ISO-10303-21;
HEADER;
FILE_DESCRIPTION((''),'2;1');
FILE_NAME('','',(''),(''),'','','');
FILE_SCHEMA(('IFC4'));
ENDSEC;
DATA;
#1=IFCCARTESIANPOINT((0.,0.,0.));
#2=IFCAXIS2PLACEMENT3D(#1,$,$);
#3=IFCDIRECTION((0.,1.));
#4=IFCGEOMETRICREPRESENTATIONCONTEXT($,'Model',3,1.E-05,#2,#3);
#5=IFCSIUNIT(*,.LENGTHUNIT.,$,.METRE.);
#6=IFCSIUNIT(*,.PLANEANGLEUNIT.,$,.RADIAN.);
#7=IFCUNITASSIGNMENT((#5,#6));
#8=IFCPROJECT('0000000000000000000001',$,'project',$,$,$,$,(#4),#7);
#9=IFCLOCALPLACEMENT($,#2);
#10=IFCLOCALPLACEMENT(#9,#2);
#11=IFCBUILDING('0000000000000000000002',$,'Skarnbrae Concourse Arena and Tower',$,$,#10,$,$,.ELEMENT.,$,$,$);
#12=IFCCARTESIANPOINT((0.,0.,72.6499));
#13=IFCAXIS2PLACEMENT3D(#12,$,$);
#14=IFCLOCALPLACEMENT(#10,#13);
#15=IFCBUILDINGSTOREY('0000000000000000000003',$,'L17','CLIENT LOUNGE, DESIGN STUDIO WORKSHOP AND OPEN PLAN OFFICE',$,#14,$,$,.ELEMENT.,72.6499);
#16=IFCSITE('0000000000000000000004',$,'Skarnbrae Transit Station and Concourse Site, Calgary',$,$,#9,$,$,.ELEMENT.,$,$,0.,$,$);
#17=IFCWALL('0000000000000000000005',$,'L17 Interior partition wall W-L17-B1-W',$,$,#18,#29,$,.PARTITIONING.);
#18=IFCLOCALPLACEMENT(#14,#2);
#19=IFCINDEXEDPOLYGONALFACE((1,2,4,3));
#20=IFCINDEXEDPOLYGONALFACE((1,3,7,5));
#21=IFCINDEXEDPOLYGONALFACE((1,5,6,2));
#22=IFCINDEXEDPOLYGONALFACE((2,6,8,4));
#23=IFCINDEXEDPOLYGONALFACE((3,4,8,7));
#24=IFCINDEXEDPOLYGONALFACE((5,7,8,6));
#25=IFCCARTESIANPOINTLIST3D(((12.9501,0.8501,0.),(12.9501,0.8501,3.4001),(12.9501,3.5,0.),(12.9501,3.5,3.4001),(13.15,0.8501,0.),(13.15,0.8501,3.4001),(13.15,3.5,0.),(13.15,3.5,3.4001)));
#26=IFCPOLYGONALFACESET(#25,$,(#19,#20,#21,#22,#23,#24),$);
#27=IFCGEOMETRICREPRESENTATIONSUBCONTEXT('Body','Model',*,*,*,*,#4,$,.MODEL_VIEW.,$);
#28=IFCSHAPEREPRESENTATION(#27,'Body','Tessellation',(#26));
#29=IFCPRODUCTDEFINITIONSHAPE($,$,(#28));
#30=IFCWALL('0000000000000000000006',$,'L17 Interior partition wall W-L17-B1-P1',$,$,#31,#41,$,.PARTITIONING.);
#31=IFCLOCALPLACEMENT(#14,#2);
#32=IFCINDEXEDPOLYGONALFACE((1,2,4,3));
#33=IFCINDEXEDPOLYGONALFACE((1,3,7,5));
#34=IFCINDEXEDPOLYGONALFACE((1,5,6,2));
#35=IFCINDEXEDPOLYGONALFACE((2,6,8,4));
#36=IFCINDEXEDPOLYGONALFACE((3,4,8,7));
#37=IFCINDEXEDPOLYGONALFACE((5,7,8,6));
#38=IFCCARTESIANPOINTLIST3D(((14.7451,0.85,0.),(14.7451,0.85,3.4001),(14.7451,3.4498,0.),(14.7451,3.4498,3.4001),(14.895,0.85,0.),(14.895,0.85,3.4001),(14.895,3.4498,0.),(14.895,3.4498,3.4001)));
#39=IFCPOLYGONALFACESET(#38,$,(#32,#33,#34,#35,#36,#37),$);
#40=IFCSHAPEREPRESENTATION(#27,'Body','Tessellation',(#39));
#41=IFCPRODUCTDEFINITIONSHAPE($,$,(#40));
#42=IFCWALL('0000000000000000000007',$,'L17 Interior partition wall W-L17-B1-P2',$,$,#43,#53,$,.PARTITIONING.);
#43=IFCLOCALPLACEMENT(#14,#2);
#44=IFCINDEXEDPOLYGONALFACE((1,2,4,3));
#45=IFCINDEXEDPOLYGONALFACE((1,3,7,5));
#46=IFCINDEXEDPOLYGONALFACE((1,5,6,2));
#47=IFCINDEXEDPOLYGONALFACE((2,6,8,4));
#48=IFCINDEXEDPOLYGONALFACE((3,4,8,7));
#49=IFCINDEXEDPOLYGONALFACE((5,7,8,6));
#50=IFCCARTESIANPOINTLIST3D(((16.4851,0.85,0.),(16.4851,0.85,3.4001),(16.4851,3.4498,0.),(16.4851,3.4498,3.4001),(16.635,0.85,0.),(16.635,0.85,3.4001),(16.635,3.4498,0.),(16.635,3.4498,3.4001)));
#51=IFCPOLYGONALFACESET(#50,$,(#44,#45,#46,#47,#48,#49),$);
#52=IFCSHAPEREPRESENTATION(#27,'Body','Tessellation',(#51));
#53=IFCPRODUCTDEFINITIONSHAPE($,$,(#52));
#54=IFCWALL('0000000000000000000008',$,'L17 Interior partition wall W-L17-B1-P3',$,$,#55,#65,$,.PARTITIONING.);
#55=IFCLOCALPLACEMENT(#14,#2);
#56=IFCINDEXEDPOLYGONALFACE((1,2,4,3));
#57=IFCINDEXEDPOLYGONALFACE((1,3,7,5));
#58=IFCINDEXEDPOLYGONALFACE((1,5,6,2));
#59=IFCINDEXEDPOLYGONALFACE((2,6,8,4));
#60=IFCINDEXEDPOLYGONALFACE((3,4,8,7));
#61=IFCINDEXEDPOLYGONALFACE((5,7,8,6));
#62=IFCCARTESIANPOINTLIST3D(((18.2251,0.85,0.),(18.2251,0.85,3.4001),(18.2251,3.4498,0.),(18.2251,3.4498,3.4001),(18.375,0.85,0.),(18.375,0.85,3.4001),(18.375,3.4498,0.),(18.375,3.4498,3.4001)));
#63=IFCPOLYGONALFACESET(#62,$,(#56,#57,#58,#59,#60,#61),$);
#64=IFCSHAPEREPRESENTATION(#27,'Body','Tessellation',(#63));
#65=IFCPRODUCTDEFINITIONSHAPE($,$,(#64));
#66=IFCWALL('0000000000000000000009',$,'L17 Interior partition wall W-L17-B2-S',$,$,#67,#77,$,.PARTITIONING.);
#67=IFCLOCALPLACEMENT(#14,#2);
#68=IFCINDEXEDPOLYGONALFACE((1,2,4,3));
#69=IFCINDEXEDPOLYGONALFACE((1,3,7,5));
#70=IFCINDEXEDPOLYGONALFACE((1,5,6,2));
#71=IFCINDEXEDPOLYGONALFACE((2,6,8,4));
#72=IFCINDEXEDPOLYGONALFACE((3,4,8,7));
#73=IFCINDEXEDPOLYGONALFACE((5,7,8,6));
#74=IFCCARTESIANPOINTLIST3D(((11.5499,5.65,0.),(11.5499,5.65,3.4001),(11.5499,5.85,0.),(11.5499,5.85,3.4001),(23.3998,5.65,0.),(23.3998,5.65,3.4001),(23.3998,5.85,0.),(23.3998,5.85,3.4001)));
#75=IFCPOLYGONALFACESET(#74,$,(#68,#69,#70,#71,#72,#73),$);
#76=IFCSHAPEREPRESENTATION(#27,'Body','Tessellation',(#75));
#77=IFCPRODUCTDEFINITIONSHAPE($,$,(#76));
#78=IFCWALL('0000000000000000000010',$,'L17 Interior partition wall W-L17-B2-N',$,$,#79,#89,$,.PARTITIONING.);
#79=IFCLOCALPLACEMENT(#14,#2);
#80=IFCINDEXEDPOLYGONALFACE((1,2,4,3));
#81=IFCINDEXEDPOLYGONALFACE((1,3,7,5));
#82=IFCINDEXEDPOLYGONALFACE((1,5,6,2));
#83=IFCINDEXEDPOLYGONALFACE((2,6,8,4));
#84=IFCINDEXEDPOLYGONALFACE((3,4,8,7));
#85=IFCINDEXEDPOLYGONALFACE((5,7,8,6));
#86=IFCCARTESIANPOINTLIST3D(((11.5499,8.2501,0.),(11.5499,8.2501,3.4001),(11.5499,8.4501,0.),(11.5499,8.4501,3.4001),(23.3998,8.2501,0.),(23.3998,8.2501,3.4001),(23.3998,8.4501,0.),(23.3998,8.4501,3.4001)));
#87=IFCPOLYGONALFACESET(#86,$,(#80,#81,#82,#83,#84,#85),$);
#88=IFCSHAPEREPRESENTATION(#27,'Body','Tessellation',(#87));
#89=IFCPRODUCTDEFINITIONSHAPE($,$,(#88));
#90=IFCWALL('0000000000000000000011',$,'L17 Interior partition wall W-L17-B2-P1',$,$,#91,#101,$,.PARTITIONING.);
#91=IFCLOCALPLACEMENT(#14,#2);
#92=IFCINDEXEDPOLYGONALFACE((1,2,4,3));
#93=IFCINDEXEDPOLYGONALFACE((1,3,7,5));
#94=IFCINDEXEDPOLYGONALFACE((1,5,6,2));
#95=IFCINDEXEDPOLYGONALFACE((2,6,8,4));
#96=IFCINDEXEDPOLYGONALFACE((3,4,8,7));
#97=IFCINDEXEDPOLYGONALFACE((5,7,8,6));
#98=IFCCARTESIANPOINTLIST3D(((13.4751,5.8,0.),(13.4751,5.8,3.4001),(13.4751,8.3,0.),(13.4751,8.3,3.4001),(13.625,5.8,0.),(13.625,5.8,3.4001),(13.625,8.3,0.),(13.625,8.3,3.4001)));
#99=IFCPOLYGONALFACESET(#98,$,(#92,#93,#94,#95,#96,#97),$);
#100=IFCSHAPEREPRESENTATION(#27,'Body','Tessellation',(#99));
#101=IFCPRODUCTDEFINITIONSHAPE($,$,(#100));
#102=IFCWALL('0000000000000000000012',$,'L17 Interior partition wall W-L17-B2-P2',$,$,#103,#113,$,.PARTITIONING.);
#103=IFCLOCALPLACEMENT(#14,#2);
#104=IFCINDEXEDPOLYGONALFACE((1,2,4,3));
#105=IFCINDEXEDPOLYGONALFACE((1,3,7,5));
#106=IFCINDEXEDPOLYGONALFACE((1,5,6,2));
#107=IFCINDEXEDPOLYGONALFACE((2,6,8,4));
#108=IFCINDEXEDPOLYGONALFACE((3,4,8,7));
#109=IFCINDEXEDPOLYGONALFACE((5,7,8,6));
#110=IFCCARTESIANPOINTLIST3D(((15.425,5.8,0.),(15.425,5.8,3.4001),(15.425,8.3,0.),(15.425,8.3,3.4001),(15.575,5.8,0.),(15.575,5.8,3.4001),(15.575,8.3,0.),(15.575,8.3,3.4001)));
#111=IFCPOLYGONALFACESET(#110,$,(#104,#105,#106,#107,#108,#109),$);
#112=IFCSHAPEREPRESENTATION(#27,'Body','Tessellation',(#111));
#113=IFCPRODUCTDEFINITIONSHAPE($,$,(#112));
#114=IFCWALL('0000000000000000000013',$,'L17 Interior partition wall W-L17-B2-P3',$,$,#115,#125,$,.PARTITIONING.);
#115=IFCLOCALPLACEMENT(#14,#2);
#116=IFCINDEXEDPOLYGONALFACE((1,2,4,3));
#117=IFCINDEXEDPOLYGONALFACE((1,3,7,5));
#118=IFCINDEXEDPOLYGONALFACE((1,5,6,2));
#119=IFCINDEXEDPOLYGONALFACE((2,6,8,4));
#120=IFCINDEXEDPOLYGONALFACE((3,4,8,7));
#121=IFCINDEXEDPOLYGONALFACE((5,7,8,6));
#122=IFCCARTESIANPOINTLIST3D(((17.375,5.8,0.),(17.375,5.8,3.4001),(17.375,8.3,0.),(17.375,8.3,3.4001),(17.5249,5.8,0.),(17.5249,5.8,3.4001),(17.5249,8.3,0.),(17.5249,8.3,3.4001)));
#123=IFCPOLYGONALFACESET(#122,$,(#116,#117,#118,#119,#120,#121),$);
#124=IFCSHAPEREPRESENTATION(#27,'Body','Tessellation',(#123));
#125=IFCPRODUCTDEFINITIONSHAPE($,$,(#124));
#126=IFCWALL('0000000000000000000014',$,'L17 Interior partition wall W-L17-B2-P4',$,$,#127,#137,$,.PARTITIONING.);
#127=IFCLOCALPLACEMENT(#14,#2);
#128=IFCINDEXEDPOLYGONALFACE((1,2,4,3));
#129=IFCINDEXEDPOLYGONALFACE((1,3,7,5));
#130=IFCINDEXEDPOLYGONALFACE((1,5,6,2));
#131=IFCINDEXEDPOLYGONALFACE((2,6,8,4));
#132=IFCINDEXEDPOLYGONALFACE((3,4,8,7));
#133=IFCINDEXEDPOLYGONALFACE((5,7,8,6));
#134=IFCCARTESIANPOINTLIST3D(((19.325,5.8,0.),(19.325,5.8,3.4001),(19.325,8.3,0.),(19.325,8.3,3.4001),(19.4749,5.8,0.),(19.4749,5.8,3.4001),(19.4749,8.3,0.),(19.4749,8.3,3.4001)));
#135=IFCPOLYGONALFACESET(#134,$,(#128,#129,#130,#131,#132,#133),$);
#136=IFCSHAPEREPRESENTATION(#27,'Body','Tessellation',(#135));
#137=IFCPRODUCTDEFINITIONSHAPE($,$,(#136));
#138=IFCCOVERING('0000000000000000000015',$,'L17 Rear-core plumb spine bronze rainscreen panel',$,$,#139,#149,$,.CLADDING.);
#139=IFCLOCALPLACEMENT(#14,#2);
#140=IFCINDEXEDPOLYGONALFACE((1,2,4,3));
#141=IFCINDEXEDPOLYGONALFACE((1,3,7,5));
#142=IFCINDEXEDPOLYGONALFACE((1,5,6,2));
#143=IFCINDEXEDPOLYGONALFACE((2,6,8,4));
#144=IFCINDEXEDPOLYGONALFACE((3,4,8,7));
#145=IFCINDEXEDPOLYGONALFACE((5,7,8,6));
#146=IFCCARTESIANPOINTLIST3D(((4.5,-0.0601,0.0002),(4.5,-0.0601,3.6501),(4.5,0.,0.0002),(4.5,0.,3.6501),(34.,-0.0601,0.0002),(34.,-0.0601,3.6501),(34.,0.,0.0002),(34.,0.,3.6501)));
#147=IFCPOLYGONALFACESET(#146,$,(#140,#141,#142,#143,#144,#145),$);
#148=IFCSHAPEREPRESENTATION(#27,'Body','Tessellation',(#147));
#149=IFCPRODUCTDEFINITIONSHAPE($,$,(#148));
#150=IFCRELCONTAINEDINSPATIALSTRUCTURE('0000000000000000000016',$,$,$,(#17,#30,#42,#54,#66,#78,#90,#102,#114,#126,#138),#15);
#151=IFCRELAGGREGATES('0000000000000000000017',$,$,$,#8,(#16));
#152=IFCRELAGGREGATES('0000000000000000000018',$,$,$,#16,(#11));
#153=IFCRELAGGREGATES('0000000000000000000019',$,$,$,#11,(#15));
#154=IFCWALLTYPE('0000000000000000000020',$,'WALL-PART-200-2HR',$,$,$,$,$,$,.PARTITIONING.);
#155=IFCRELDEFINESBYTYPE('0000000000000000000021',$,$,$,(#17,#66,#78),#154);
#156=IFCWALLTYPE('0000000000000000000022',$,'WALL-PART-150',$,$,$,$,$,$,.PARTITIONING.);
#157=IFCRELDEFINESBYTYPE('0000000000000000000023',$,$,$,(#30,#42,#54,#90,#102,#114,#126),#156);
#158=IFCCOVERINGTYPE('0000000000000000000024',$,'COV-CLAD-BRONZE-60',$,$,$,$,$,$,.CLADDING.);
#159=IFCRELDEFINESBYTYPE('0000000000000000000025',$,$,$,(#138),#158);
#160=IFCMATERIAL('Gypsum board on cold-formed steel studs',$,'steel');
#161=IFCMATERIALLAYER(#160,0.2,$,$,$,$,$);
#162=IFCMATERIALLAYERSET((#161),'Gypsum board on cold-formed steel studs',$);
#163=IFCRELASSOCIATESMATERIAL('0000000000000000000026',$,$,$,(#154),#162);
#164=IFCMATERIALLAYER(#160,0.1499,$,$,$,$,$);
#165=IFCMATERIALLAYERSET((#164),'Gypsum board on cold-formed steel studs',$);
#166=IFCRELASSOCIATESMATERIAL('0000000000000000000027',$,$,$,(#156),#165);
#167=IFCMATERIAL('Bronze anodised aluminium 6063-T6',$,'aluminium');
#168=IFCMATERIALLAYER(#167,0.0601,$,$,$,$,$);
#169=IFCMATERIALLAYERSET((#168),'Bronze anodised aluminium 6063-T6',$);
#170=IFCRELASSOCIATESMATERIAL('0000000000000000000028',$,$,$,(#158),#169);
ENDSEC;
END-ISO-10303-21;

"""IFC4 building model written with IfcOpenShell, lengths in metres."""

from ifc_helpers import new_model, si_unit, direction, frame, frame_2d, origin, origin_2d, place, context, subcontext, project, spatial, rectangle, extrude, source, transform, mapped, material, layer, layer_set, type_object, element, save


model = new_model("IFC4")

# Units and contexts
model_context = context("Model", 3, precision=1e-05, world=origin(), true_north=direction((0.0, 1.0)))
body_context = subcontext(model_context, "Body", "Model", "MODEL_VIEW")
ifc_project = project(units=[si_unit("LENGTHUNIT", "METRE"), si_unit("PLANEANGLEUNIT", "RADIAN")], contexts=[model_context])

# Site, building, storey
site_placement = place(None, origin())
site = spatial("IfcSite", under=ifc_project, at=site_placement, Name="Skarnbrae Transit Station and Concourse Site, Calgary", CompositionType="ELEMENT", RefElevation=0.0)
building_placement = place(site_placement, origin())
building = spatial("IfcBuilding", under=site, at=building_placement, Name="Skarnbrae Concourse Arena and Tower", CompositionType="ELEMENT")
storey_placement = place(building_placement, frame((0.0, 0.0, 72.6499)))
storey = spatial("IfcBuildingStorey", under=building, at=storey_placement, Name="L17", Description="CLIENT LOUNGE, DESIGN STUDIO WORKSHOP AND OPEN PLAN OFFICE", CompositionType="ELEMENT", Elevation=72.6499)

# Shared definitions
ifc_material_1 = material(Name="Gypsum board on cold-formed steel studs", Category="steel")
ifc_layer_1 = layer(ifc_material_1, 0.2)
ifc_layer_set_1 = layer_set([ifc_layer_1], Name="Gypsum board on cold-formed steel studs")
wall_type_1 = type_object("IfcWallType", Name="WALL-PART-200-2HR", PredefinedType="PARTITIONING", material=ifc_layer_set_1)

# Wall
shared_shape_1 = source(origin(), body_context, "Body", "SweptSolid", [
    extrude(rectangle(XDim=2.6499, YDim=0.2, at=frame_2d((1.325, 0.0))), origin(), (0.0, 0.0, 1.0), 3.4001),
])
wall_1_placement = place(storey_placement, frame((13.05, 0.8501, 0.0), z_axis=(0.0, 0.0, 1.0), x_axis=(0.0, 1.0, 0.0)))
element("IfcWall", 1, at=wall_1_placement, inside=storey, type_object=wall_type_1, Name="L17 Interior partition wall W-L17-B1-W", PredefinedType="PARTITIONING", context=body_context, shape_type="MappedRepresentation", body=[
    mapped(shared_shape_1, transform((0.0, 0.0, 0.0))),
])

# Shared definitions
ifc_material_2 = material(Name="Bronze anodised aluminium 6063-T6", Category="aluminium")

# Walls
ifc_layer_2 = layer(ifc_material_1, 0.1499)
ifc_layer_set_2 = layer_set([ifc_layer_2], Name="Gypsum board on cold-formed steel studs")
wall_type_2 = type_object("IfcWallType", Name="WALL-PART-150", PredefinedType="PARTITIONING", material=ifc_layer_set_2)
shared_shape_2 = source(origin(), body_context, "Body", "SweptSolid", [
    extrude(rectangle(XDim=2.5999, YDim=0.1499, at=frame_2d((1.2998, 0.0))), origin(), (0.0, 0.0, 1.0), 3.4001),
])
for number, where, z_axis, x_axis, name in (
    (2, (14.8201, 0.8501, 0.0), (0.0, 0.0, 1.0), (0.0, 1.0, 0.0), "L17 Interior partition wall W-L17-B1-P1"),
    (3, (16.5601, 0.8501, 0.0), (0.0, 0.0, 1.0), (0.0, 1.0, 0.0), "L17 Interior partition wall W-L17-B1-P2"),
    (4, (18.3, 0.8501, 0.0), (0.0, 0.0, 1.0), (0.0, 1.0, 0.0), "L17 Interior partition wall W-L17-B1-P3"),
):
    element("IfcWall", number, at=place(storey_placement, frame(where, z_axis=z_axis, x_axis=x_axis)), inside=storey, type_object=wall_type_2, Name=name, PredefinedType="PARTITIONING", context=body_context, shape_type="MappedRepresentation", body=[
        mapped(shared_shape_2, transform((0.0, 0.0, 0.0))),
    ])
shared_shape_3 = source(origin(), body_context, "Body", "SweptSolid", [
    extrude(rectangle(XDim=11.8499, YDim=0.2, at=frame_2d((5.9248, 0.0))), origin(), (0.0, 0.0, 1.0), 3.4001),
])
for number, where, z_axis, x_axis, name in (
    (5, (11.55, 5.75, 0.0), (0.0, 0.0, 1.0), (1.0, 0.0, 0.0), "L17 Interior partition wall W-L17-B2-S"),
    (6, (11.55, 8.3501, 0.0), (0.0, 0.0, 1.0), (1.0, 0.0, 0.0), "L17 Interior partition wall W-L17-B2-N"),
):
    element("IfcWall", number, at=place(storey_placement, frame(where, z_axis=z_axis, x_axis=x_axis)), inside=storey, type_object=wall_type_1, Name=name, PredefinedType="PARTITIONING", context=body_context, shape_type="MappedRepresentation", body=[
        mapped(shared_shape_3, transform((0.0, 0.0, 0.0))),
    ])
shared_shape_4 = source(origin(), body_context, "Body", "SweptSolid", [
    extrude(rectangle(XDim=2.5, YDim=0.1499, at=frame_2d((1.25, 0.0))), origin(), (0.0, 0.0, 1.0), 3.4001),
])
for number, where, z_axis, x_axis, name in (
    (7, (13.55, 5.8, 0.0), (0.0, 0.0, 1.0), (0.0, 1.0, 0.0), "L17 Interior partition wall W-L17-B2-P1"),
    (8, (15.5, 5.8, 0.0), (0.0, 0.0, 1.0), (0.0, 1.0, 0.0), "L17 Interior partition wall W-L17-B2-P2"),
    (9, (17.45, 5.8, 0.0), (0.0, 0.0, 1.0), (0.0, 1.0, 0.0), "L17 Interior partition wall W-L17-B2-P3"),
    (10, (19.3999, 5.8, 0.0), (0.0, 0.0, 1.0), (0.0, 1.0, 0.0), "L17 Interior partition wall W-L17-B2-P4"),
):
    element("IfcWall", number, at=place(storey_placement, frame(where, z_axis=z_axis, x_axis=x_axis)), inside=storey, type_object=wall_type_2, Name=name, PredefinedType="PARTITIONING", context=body_context, shape_type="MappedRepresentation", body=[
        mapped(shared_shape_4, transform((0.0, 0.0, 0.0))),
    ])

# Covering
ifc_layer_3 = layer(ifc_material_2, 0.0601)
ifc_layer_set_3 = layer_set([ifc_layer_3], Name="Bronze anodised aluminium 6063-T6")
covering_type = type_object("IfcCoveringType", Name="COV-CLAD-BRONZE-60", PredefinedType="CLADDING", material=ifc_layer_set_3)
shared_shape_5 = source(origin(), body_context, "Body", "SweptSolid", [
    extrude(rectangle(XDim=29.5, YDim=0.0601, at=origin_2d()), origin(), (0.0, 0.0, 1.0), 3.6499),
])
covering_placement = place(storey_placement, frame((19.25, -0.03, 0.0002), z_axis=(0.0, 0.0, 1.0), x_axis=(1.0, 0.0, 0.0)))
element("IfcCovering", 11, at=covering_placement, inside=storey, type_object=covering_type, Name="L17 Rear-core plumb spine bronze rainscreen panel", PredefinedType="CLADDING", context=body_context, shape_type="MappedRepresentation", body=[
    mapped(shared_shape_5, transform((0.0, 0.0, 0.0))),
])

save(model, "model.ifc")
